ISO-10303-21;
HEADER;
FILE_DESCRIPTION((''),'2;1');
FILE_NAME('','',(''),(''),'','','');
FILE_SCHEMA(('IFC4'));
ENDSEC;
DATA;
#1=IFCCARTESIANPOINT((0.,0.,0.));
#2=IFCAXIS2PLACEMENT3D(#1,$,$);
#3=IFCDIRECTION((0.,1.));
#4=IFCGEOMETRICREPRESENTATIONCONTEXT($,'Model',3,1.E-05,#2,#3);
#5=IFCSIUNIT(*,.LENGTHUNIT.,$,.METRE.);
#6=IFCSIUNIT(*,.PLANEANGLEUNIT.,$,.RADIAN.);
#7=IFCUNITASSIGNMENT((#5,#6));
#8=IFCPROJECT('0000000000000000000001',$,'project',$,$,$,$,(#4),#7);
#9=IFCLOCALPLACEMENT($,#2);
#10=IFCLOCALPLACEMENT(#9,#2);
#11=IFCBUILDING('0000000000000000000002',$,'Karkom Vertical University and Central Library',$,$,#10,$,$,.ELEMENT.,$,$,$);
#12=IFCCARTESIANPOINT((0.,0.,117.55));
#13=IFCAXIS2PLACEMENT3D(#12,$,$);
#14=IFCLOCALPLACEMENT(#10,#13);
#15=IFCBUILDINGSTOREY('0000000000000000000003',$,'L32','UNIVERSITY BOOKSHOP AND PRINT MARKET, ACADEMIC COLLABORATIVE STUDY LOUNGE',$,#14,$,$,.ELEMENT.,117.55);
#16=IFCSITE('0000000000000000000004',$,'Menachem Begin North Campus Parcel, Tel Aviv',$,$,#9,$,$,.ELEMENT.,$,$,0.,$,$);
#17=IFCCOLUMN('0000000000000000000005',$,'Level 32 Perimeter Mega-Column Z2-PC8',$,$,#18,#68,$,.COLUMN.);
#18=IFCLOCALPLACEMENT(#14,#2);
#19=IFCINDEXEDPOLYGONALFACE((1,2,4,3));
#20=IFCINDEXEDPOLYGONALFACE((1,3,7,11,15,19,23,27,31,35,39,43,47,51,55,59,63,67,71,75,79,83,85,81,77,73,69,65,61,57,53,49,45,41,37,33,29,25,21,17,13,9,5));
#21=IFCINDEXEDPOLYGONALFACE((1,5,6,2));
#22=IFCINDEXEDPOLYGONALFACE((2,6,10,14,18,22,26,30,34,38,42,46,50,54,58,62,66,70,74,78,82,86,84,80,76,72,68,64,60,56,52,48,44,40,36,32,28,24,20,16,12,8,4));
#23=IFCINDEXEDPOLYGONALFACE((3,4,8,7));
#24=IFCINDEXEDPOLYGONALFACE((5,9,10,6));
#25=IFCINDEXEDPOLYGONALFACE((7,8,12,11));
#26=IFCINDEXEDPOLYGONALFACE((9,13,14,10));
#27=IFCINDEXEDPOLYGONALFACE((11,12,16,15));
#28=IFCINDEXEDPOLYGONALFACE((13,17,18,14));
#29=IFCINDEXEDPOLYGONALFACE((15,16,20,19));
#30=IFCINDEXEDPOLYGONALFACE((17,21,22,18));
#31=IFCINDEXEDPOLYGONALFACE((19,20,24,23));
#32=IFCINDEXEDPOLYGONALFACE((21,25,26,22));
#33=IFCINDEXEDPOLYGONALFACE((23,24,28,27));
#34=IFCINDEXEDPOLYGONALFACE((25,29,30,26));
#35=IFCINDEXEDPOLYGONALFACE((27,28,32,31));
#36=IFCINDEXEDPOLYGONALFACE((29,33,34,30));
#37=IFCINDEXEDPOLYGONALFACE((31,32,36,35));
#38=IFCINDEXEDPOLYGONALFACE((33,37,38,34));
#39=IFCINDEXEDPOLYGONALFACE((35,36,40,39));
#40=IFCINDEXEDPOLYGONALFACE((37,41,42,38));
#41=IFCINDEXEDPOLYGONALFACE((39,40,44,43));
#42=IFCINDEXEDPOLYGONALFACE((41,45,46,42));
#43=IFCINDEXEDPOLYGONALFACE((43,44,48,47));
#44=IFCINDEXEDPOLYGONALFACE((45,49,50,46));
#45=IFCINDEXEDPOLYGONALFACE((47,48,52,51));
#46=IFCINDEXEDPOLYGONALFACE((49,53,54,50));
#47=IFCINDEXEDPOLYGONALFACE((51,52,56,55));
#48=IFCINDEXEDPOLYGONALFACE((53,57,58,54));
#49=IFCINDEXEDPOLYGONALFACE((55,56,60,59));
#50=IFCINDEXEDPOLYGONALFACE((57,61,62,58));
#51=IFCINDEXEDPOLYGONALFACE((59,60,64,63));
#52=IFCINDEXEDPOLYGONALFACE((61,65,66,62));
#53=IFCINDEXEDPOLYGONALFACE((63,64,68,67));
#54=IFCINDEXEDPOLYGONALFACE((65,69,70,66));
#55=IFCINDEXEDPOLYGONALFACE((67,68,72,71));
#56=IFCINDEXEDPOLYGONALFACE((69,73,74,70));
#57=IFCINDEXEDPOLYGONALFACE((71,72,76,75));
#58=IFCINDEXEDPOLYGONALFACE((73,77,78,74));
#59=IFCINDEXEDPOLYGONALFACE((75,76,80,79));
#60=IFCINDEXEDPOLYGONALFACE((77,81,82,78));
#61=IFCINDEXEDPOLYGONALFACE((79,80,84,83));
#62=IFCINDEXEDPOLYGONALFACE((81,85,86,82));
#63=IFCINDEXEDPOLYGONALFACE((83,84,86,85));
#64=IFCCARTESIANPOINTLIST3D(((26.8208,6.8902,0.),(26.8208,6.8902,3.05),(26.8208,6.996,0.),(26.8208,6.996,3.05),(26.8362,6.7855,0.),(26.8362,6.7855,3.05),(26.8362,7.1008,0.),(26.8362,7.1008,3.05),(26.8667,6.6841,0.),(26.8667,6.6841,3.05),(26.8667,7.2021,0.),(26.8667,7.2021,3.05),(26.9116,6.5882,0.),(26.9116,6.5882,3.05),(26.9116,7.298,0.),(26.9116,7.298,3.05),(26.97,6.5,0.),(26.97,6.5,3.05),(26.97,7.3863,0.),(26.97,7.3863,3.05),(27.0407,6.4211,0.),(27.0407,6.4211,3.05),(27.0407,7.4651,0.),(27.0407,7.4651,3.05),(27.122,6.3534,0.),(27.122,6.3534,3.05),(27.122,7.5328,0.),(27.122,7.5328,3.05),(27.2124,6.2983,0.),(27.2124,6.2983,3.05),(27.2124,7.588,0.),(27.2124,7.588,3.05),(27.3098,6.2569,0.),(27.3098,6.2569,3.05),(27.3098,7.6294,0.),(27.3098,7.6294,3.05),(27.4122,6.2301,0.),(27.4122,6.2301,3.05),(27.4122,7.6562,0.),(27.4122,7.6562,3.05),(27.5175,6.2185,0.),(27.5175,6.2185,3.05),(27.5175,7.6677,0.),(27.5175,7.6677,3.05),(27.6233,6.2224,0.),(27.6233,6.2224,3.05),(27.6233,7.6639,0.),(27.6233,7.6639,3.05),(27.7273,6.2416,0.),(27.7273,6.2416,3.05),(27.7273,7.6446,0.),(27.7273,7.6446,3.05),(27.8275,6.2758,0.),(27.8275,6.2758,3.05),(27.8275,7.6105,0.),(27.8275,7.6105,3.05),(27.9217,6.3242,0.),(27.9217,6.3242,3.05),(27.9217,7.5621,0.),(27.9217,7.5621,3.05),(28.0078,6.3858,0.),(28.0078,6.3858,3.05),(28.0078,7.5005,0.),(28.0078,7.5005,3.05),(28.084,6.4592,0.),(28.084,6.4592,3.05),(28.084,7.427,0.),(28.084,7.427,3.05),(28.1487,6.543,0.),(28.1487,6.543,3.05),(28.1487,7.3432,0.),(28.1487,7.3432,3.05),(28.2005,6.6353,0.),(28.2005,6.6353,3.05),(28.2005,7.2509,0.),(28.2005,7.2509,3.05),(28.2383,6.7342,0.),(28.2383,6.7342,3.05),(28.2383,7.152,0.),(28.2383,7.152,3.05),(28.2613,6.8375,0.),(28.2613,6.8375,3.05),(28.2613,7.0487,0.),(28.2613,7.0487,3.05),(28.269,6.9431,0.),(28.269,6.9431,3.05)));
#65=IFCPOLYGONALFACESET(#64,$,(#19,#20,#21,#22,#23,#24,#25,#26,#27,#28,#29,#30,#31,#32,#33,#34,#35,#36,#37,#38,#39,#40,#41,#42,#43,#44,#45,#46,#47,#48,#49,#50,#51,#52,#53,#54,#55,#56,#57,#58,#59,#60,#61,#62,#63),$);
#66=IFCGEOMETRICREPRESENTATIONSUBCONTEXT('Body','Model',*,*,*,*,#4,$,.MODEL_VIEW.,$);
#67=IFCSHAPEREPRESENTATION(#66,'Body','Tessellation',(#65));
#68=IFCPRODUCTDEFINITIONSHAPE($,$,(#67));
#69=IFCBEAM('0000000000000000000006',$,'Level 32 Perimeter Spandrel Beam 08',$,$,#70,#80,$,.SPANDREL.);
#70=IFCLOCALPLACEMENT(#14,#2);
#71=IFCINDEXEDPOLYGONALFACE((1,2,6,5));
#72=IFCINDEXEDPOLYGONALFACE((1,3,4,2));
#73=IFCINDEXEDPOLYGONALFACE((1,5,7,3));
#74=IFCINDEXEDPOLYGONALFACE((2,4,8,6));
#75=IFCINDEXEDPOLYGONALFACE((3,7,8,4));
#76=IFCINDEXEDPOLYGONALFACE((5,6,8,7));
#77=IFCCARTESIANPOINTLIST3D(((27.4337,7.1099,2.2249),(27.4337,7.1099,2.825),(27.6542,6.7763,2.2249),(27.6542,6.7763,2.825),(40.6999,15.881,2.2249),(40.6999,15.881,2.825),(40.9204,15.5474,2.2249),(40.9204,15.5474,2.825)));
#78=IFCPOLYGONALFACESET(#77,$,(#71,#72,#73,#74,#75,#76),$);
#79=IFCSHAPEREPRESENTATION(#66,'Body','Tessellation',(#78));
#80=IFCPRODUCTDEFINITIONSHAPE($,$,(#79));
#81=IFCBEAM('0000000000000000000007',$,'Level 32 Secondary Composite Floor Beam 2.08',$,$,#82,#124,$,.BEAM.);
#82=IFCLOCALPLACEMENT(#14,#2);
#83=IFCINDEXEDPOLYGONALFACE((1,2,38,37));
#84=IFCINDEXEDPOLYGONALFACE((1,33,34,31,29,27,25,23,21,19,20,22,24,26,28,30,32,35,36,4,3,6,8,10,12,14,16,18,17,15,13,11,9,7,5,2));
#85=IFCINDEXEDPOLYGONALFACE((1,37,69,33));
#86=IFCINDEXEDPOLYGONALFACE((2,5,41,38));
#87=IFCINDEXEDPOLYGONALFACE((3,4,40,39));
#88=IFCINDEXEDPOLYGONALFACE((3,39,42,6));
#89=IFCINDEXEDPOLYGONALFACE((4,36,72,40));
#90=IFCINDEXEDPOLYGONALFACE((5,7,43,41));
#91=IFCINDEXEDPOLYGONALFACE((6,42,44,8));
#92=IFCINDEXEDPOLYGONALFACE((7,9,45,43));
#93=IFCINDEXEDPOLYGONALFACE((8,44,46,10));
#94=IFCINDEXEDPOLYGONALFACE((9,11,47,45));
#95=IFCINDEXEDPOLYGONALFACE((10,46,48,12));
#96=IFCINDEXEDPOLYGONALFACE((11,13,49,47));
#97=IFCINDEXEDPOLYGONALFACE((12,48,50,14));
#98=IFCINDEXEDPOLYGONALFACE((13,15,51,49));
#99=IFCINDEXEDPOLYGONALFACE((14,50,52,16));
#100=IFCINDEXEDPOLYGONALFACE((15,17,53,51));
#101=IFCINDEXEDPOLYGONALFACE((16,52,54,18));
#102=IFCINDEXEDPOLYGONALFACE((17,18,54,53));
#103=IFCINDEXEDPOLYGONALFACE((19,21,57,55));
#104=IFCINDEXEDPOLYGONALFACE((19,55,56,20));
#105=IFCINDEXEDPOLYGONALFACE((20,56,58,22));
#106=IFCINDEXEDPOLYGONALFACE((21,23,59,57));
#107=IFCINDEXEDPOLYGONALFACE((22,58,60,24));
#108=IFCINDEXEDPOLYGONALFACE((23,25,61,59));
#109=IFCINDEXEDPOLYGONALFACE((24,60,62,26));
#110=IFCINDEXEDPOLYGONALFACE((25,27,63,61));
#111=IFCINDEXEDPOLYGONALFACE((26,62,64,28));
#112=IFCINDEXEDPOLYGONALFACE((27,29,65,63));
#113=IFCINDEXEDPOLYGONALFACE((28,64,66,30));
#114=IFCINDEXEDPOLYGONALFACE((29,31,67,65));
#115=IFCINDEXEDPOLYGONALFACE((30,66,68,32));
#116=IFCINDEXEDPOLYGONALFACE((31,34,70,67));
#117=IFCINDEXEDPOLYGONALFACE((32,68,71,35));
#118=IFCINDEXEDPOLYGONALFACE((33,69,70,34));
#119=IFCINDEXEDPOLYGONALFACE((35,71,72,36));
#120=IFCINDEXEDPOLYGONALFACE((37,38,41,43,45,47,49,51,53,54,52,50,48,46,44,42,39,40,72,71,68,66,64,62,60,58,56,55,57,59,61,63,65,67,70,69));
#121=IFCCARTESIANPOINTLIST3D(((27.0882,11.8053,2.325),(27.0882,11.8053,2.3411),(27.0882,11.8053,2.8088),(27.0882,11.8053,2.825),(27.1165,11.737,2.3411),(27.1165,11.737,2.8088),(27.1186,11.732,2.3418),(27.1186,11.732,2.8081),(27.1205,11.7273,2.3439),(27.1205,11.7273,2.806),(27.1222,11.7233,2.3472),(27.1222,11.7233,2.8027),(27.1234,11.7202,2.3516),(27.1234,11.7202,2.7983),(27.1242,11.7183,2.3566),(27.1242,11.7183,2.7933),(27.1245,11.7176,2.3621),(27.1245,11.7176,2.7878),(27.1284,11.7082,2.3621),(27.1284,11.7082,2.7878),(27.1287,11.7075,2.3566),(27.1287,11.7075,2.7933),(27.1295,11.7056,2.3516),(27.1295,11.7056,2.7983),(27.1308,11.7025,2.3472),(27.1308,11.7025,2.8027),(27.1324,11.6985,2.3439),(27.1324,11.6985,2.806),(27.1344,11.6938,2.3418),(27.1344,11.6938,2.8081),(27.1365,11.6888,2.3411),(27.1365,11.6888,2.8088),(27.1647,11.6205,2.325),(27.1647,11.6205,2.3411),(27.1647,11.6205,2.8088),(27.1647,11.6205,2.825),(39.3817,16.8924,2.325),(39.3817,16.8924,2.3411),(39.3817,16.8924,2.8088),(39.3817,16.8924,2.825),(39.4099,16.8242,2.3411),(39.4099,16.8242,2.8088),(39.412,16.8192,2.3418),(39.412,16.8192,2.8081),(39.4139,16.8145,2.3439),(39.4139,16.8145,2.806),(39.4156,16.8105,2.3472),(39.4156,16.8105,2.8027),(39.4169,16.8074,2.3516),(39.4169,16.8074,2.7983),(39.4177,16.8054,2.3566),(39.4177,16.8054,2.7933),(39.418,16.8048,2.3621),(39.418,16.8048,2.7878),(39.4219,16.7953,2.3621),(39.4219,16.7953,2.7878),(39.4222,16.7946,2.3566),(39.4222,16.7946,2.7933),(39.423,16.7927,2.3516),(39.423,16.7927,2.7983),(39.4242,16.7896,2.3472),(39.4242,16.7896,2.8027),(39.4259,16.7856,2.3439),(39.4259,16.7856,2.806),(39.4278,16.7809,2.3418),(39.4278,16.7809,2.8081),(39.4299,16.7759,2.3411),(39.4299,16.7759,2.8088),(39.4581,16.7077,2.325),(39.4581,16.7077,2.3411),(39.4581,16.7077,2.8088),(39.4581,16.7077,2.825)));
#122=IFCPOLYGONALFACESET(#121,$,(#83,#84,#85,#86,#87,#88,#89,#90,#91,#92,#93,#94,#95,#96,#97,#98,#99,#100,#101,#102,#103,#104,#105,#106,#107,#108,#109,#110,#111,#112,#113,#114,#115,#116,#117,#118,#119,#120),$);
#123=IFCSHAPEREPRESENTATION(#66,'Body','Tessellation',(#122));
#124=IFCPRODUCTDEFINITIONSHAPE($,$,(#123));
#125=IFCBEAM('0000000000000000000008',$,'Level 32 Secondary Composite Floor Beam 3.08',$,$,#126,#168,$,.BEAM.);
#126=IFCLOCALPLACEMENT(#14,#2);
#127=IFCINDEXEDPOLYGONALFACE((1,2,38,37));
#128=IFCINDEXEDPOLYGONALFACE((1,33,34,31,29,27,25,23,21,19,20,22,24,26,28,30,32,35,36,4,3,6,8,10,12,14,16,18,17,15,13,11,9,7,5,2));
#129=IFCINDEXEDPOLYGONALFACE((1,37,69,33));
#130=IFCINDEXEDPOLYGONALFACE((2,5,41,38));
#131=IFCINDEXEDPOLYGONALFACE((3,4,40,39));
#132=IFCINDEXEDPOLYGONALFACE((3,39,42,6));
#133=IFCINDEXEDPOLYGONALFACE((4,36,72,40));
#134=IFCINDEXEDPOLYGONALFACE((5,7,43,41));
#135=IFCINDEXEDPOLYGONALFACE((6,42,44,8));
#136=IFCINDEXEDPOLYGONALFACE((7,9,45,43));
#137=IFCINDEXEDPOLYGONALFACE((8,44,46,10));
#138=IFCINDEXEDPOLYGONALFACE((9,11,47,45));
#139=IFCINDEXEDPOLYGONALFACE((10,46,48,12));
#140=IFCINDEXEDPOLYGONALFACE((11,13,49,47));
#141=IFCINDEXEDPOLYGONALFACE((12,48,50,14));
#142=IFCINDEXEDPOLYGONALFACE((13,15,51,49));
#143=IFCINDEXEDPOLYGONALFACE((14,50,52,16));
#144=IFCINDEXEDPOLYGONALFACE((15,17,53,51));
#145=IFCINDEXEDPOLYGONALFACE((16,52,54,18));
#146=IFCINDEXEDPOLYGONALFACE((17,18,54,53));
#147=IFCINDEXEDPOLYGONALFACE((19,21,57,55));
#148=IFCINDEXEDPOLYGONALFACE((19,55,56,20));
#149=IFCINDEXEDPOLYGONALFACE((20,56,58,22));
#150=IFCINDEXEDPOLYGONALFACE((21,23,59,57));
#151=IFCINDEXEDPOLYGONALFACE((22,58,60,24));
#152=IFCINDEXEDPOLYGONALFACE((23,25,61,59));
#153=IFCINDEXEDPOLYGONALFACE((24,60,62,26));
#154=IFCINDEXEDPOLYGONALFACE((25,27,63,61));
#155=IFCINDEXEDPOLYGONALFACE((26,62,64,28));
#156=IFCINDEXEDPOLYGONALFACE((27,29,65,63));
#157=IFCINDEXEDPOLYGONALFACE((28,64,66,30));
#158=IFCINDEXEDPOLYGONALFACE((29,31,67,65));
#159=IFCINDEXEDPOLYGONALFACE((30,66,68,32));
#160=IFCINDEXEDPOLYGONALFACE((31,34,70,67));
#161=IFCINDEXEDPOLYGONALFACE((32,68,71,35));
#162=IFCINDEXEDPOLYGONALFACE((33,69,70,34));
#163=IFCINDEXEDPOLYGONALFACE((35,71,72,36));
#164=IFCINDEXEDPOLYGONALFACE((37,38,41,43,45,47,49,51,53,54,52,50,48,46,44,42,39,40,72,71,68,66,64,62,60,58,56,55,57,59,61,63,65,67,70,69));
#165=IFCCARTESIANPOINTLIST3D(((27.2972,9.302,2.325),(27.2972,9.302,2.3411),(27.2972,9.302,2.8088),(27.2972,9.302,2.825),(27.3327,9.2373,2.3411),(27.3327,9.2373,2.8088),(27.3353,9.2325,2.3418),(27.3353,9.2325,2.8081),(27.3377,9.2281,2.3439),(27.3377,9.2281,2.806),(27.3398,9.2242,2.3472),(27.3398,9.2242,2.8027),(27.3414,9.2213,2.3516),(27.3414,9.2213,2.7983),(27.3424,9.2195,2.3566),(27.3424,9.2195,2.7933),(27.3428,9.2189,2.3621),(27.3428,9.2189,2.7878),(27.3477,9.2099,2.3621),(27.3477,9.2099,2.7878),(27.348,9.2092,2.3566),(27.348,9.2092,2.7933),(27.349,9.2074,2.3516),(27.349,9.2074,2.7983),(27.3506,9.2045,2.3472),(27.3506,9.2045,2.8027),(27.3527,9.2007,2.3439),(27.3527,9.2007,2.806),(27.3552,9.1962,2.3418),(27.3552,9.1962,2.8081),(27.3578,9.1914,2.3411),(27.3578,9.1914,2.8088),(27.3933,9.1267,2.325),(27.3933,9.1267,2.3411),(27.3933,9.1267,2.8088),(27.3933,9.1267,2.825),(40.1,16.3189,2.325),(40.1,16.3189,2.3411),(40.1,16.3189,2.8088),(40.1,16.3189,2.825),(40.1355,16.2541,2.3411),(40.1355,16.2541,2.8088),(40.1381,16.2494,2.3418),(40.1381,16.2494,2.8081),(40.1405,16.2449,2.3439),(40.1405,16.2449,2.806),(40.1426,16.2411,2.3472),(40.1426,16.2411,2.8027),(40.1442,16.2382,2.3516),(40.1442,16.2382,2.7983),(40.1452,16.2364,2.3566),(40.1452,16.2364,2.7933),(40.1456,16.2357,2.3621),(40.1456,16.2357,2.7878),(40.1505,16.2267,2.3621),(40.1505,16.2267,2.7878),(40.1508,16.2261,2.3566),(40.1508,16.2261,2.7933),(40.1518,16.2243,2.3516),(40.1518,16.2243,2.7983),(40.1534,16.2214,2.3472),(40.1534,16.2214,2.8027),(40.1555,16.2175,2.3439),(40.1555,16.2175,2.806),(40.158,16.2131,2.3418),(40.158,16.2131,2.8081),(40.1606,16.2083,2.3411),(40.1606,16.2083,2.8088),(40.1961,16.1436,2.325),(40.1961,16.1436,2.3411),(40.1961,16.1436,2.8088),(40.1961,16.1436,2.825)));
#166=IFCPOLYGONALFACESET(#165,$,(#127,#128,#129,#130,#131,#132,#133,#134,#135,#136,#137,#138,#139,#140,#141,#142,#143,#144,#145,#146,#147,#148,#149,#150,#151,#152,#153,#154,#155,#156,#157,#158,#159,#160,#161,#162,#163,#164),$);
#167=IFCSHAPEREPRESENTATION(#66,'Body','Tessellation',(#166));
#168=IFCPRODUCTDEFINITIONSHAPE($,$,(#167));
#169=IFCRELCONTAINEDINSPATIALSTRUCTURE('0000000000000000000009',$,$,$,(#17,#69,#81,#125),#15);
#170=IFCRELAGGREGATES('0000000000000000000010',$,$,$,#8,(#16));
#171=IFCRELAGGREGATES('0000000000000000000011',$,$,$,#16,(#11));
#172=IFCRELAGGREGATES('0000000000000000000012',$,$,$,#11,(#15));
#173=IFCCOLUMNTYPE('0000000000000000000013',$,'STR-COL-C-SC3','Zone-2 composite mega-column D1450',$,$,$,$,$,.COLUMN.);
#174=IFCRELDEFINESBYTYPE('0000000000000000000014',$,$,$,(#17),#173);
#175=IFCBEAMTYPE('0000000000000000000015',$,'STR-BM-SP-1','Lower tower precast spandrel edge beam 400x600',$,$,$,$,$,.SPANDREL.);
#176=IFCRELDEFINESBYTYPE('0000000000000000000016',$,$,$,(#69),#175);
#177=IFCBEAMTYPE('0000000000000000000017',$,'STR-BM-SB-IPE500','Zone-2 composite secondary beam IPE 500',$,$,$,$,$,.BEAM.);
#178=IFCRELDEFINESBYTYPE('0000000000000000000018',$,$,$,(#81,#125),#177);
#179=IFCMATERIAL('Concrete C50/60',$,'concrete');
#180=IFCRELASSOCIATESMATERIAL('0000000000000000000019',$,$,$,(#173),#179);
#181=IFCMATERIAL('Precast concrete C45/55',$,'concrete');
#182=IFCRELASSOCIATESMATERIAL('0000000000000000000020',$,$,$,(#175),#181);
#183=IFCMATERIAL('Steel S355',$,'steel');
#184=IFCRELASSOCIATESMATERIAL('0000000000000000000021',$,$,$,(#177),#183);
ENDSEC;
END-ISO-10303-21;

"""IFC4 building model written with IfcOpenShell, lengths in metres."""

from ifc_helpers import new_model, si_unit, direction, frame, origin, origin_with_axes, origin_2d, place, context, subcontext, project, spatial, rectangle, circle, i_section, extrude, source, transform, mapped, material, material_profile, profile_set, type_object, element, save


model = new_model("IFC4")

# Units and contexts
model_context = context("Model", 3, precision=1e-05, world=origin(), true_north=direction((0.0, 1.0)))
body_context = subcontext(model_context, "Body", "Model", "MODEL_VIEW")
ifc_project = project(units=[si_unit("LENGTHUNIT", "METRE"), si_unit("PLANEANGLEUNIT", "RADIAN")], contexts=[model_context])

# Site, building, storey
site_placement = place(None, origin())
site = spatial("IfcSite", under=ifc_project, at=site_placement, Name="Menachem Begin North Campus Parcel, Tel Aviv", CompositionType="ELEMENT", RefElevation=0.0)
building_placement = place(site_placement, origin())
building = spatial("IfcBuilding", under=site, at=building_placement, Name="Karkom Vertical University and Central Library", CompositionType="ELEMENT")
storey_placement = place(building_placement, frame((0.0, 0.0, 117.55)))
storey = spatial("IfcBuildingStorey", under=building, at=storey_placement, Name="L32", Description="UNIVERSITY BOOKSHOP AND PRINT MARKET, ACADEMIC COLLABORATIVE STUDY LOUNGE", CompositionType="ELEMENT", Elevation=117.55)

# Column
ifc_material_1 = material(Name="Concrete C50/60", Category="concrete")
ifc_material_profile_1 = material_profile(ifc_material_1, circle(Radius=0.7251, at=origin_2d()), Name="CFT-D1450")
ifc_profile_set_1 = profile_set([ifc_material_profile_1], Name="Concrete C50/60")
column_type = type_object("IfcColumnType", Name="STR-COL-C-SC3", Description="Zone-2 composite mega-column D1450", PredefinedType="COLUMN", material=ifc_profile_set_1)
shared_shape_1 = source(origin_with_axes(), body_context, "Body", "SweptSolid", [
    extrude(circle(Radius=0.7251, at=origin_2d()), origin(), (0.0, 0.0, 1.0), 3.05),
])
column_placement = place(storey_placement, frame((27.5439, 6.9431, 0.0), z_axis=(0.0, 0.0, 1.0), x_axis=(1.0, 0.0, 0.0)))
element("IfcColumn", 1, at=column_placement, inside=storey, type_object=column_type, Name="Level 32 Perimeter Mega-Column Z2-PC8", PredefinedType="COLUMN", context=body_context, shape_type="MappedRepresentation", body=[
    mapped(shared_shape_1, transform((0.0, 0.0, 0.0), scale=1.0)),
])

# Beams
ifc_material_2 = material(Name="Precast concrete C45/55", Category="concrete")
ifc_material_profile_2 = material_profile(ifc_material_2, rectangle(XDim=0.3999, YDim=0.6001, at=origin_2d()), Name="SPB-400x600")
ifc_profile_set_2 = profile_set([ifc_material_profile_2], Name="Precast concrete C45/55")
beam_type_1 = type_object("IfcBeamType", Name="STR-BM-SP-1", Description="Lower tower precast spandrel edge beam 400x600", PredefinedType="SPANDREL", material=ifc_profile_set_2)
shared_shape_2 = source(origin_with_axes(), body_context, "Body", "SweptSolid", [
    extrude(rectangle(XDim=0.3999, YDim=0.6001, at=origin_2d()), origin(), (0.0, 0.0, 1.0), 15.9036),
])
beam_1_placement = place(storey_placement, frame((27.5439, 6.9431, 2.5249), z_axis=(0.834165, 0.551515, 0.0), x_axis=(-0.551515, 0.834165, 0.0)))
element("IfcBeam", 2, at=beam_1_placement, inside=storey, type_object=beam_type_1, Name="Level 32 Perimeter Spandrel Beam 08", PredefinedType="SPANDREL", context=body_context, shape_type="MappedRepresentation", body=[
    mapped(shared_shape_2, transform((0.0, 0.0, 0.0), scale=1.0)),
])
ifc_material_3 = material(Name="Steel S355", Category="steel")
ifc_material_profile_3 = material_profile(ifc_material_3, i_section(OverallWidth=0.2, OverallDepth=0.5, WebThickness=0.0103, FlangeThickness=0.0161, FilletRadius=0.021, at=origin_2d()), Name="IPE 500")
ifc_profile_set_3 = profile_set([ifc_material_profile_3], Name="Steel S355")
beam_type_2 = type_object("IfcBeamType", Name="STR-BM-SB-IPE500", Description="Zone-2 composite secondary beam IPE 500", PredefinedType="BEAM", material=ifc_profile_set_3)
shared_shape_3 = source(origin_with_axes(), body_context, "Body", "SweptSolid", [
    extrude(i_section(OverallWidth=0.2, OverallDepth=0.5, WebThickness=0.0103, FlangeThickness=0.0161, FilletRadius=0.021, at=origin_2d()), origin(), (0.0, 0.0, 1.0), 13.3044),
])
beam_2_placement = place(storey_placement, frame((27.1265, 11.7129, 2.575), z_axis=(0.924011, 0.382365, 0.0), x_axis=(-0.382365, 0.924011, 0.0)))
element("IfcBeam", 3, at=beam_2_placement, inside=storey, type_object=beam_type_2, Name="Level 32 Secondary Composite Floor Beam 2.08", PredefinedType="BEAM", context=body_context, shape_type="MappedRepresentation", body=[
    mapped(shared_shape_3, transform((0.0, 0.0, 0.0), scale=1.0)),
])
shared_shape_4 = source(origin_with_axes(), body_context, "Body", "SweptSolid", [
    extrude(i_section(OverallWidth=0.2, OverallDepth=0.5, WebThickness=0.0103, FlangeThickness=0.0161, FilletRadius=0.021, at=origin_2d()), origin(), (0.0, 0.0, 1.0), 14.5996),
])
beam_3_placement = place(storey_placement, frame((27.3452, 9.2144, 2.575), z_axis=(0.876928, 0.480622, 0.0), x_axis=(-0.480622, 0.876928, 0.0)))
element("IfcBeam", 4, at=beam_3_placement, inside=storey, type_object=beam_type_2, Name="Level 32 Secondary Composite Floor Beam 3.08", PredefinedType="BEAM", context=body_context, shape_type="MappedRepresentation", body=[
    mapped(shared_shape_4, transform((0.0, 0.0, 0.0), scale=1.0)),
])

save(model, "model.ifc")
